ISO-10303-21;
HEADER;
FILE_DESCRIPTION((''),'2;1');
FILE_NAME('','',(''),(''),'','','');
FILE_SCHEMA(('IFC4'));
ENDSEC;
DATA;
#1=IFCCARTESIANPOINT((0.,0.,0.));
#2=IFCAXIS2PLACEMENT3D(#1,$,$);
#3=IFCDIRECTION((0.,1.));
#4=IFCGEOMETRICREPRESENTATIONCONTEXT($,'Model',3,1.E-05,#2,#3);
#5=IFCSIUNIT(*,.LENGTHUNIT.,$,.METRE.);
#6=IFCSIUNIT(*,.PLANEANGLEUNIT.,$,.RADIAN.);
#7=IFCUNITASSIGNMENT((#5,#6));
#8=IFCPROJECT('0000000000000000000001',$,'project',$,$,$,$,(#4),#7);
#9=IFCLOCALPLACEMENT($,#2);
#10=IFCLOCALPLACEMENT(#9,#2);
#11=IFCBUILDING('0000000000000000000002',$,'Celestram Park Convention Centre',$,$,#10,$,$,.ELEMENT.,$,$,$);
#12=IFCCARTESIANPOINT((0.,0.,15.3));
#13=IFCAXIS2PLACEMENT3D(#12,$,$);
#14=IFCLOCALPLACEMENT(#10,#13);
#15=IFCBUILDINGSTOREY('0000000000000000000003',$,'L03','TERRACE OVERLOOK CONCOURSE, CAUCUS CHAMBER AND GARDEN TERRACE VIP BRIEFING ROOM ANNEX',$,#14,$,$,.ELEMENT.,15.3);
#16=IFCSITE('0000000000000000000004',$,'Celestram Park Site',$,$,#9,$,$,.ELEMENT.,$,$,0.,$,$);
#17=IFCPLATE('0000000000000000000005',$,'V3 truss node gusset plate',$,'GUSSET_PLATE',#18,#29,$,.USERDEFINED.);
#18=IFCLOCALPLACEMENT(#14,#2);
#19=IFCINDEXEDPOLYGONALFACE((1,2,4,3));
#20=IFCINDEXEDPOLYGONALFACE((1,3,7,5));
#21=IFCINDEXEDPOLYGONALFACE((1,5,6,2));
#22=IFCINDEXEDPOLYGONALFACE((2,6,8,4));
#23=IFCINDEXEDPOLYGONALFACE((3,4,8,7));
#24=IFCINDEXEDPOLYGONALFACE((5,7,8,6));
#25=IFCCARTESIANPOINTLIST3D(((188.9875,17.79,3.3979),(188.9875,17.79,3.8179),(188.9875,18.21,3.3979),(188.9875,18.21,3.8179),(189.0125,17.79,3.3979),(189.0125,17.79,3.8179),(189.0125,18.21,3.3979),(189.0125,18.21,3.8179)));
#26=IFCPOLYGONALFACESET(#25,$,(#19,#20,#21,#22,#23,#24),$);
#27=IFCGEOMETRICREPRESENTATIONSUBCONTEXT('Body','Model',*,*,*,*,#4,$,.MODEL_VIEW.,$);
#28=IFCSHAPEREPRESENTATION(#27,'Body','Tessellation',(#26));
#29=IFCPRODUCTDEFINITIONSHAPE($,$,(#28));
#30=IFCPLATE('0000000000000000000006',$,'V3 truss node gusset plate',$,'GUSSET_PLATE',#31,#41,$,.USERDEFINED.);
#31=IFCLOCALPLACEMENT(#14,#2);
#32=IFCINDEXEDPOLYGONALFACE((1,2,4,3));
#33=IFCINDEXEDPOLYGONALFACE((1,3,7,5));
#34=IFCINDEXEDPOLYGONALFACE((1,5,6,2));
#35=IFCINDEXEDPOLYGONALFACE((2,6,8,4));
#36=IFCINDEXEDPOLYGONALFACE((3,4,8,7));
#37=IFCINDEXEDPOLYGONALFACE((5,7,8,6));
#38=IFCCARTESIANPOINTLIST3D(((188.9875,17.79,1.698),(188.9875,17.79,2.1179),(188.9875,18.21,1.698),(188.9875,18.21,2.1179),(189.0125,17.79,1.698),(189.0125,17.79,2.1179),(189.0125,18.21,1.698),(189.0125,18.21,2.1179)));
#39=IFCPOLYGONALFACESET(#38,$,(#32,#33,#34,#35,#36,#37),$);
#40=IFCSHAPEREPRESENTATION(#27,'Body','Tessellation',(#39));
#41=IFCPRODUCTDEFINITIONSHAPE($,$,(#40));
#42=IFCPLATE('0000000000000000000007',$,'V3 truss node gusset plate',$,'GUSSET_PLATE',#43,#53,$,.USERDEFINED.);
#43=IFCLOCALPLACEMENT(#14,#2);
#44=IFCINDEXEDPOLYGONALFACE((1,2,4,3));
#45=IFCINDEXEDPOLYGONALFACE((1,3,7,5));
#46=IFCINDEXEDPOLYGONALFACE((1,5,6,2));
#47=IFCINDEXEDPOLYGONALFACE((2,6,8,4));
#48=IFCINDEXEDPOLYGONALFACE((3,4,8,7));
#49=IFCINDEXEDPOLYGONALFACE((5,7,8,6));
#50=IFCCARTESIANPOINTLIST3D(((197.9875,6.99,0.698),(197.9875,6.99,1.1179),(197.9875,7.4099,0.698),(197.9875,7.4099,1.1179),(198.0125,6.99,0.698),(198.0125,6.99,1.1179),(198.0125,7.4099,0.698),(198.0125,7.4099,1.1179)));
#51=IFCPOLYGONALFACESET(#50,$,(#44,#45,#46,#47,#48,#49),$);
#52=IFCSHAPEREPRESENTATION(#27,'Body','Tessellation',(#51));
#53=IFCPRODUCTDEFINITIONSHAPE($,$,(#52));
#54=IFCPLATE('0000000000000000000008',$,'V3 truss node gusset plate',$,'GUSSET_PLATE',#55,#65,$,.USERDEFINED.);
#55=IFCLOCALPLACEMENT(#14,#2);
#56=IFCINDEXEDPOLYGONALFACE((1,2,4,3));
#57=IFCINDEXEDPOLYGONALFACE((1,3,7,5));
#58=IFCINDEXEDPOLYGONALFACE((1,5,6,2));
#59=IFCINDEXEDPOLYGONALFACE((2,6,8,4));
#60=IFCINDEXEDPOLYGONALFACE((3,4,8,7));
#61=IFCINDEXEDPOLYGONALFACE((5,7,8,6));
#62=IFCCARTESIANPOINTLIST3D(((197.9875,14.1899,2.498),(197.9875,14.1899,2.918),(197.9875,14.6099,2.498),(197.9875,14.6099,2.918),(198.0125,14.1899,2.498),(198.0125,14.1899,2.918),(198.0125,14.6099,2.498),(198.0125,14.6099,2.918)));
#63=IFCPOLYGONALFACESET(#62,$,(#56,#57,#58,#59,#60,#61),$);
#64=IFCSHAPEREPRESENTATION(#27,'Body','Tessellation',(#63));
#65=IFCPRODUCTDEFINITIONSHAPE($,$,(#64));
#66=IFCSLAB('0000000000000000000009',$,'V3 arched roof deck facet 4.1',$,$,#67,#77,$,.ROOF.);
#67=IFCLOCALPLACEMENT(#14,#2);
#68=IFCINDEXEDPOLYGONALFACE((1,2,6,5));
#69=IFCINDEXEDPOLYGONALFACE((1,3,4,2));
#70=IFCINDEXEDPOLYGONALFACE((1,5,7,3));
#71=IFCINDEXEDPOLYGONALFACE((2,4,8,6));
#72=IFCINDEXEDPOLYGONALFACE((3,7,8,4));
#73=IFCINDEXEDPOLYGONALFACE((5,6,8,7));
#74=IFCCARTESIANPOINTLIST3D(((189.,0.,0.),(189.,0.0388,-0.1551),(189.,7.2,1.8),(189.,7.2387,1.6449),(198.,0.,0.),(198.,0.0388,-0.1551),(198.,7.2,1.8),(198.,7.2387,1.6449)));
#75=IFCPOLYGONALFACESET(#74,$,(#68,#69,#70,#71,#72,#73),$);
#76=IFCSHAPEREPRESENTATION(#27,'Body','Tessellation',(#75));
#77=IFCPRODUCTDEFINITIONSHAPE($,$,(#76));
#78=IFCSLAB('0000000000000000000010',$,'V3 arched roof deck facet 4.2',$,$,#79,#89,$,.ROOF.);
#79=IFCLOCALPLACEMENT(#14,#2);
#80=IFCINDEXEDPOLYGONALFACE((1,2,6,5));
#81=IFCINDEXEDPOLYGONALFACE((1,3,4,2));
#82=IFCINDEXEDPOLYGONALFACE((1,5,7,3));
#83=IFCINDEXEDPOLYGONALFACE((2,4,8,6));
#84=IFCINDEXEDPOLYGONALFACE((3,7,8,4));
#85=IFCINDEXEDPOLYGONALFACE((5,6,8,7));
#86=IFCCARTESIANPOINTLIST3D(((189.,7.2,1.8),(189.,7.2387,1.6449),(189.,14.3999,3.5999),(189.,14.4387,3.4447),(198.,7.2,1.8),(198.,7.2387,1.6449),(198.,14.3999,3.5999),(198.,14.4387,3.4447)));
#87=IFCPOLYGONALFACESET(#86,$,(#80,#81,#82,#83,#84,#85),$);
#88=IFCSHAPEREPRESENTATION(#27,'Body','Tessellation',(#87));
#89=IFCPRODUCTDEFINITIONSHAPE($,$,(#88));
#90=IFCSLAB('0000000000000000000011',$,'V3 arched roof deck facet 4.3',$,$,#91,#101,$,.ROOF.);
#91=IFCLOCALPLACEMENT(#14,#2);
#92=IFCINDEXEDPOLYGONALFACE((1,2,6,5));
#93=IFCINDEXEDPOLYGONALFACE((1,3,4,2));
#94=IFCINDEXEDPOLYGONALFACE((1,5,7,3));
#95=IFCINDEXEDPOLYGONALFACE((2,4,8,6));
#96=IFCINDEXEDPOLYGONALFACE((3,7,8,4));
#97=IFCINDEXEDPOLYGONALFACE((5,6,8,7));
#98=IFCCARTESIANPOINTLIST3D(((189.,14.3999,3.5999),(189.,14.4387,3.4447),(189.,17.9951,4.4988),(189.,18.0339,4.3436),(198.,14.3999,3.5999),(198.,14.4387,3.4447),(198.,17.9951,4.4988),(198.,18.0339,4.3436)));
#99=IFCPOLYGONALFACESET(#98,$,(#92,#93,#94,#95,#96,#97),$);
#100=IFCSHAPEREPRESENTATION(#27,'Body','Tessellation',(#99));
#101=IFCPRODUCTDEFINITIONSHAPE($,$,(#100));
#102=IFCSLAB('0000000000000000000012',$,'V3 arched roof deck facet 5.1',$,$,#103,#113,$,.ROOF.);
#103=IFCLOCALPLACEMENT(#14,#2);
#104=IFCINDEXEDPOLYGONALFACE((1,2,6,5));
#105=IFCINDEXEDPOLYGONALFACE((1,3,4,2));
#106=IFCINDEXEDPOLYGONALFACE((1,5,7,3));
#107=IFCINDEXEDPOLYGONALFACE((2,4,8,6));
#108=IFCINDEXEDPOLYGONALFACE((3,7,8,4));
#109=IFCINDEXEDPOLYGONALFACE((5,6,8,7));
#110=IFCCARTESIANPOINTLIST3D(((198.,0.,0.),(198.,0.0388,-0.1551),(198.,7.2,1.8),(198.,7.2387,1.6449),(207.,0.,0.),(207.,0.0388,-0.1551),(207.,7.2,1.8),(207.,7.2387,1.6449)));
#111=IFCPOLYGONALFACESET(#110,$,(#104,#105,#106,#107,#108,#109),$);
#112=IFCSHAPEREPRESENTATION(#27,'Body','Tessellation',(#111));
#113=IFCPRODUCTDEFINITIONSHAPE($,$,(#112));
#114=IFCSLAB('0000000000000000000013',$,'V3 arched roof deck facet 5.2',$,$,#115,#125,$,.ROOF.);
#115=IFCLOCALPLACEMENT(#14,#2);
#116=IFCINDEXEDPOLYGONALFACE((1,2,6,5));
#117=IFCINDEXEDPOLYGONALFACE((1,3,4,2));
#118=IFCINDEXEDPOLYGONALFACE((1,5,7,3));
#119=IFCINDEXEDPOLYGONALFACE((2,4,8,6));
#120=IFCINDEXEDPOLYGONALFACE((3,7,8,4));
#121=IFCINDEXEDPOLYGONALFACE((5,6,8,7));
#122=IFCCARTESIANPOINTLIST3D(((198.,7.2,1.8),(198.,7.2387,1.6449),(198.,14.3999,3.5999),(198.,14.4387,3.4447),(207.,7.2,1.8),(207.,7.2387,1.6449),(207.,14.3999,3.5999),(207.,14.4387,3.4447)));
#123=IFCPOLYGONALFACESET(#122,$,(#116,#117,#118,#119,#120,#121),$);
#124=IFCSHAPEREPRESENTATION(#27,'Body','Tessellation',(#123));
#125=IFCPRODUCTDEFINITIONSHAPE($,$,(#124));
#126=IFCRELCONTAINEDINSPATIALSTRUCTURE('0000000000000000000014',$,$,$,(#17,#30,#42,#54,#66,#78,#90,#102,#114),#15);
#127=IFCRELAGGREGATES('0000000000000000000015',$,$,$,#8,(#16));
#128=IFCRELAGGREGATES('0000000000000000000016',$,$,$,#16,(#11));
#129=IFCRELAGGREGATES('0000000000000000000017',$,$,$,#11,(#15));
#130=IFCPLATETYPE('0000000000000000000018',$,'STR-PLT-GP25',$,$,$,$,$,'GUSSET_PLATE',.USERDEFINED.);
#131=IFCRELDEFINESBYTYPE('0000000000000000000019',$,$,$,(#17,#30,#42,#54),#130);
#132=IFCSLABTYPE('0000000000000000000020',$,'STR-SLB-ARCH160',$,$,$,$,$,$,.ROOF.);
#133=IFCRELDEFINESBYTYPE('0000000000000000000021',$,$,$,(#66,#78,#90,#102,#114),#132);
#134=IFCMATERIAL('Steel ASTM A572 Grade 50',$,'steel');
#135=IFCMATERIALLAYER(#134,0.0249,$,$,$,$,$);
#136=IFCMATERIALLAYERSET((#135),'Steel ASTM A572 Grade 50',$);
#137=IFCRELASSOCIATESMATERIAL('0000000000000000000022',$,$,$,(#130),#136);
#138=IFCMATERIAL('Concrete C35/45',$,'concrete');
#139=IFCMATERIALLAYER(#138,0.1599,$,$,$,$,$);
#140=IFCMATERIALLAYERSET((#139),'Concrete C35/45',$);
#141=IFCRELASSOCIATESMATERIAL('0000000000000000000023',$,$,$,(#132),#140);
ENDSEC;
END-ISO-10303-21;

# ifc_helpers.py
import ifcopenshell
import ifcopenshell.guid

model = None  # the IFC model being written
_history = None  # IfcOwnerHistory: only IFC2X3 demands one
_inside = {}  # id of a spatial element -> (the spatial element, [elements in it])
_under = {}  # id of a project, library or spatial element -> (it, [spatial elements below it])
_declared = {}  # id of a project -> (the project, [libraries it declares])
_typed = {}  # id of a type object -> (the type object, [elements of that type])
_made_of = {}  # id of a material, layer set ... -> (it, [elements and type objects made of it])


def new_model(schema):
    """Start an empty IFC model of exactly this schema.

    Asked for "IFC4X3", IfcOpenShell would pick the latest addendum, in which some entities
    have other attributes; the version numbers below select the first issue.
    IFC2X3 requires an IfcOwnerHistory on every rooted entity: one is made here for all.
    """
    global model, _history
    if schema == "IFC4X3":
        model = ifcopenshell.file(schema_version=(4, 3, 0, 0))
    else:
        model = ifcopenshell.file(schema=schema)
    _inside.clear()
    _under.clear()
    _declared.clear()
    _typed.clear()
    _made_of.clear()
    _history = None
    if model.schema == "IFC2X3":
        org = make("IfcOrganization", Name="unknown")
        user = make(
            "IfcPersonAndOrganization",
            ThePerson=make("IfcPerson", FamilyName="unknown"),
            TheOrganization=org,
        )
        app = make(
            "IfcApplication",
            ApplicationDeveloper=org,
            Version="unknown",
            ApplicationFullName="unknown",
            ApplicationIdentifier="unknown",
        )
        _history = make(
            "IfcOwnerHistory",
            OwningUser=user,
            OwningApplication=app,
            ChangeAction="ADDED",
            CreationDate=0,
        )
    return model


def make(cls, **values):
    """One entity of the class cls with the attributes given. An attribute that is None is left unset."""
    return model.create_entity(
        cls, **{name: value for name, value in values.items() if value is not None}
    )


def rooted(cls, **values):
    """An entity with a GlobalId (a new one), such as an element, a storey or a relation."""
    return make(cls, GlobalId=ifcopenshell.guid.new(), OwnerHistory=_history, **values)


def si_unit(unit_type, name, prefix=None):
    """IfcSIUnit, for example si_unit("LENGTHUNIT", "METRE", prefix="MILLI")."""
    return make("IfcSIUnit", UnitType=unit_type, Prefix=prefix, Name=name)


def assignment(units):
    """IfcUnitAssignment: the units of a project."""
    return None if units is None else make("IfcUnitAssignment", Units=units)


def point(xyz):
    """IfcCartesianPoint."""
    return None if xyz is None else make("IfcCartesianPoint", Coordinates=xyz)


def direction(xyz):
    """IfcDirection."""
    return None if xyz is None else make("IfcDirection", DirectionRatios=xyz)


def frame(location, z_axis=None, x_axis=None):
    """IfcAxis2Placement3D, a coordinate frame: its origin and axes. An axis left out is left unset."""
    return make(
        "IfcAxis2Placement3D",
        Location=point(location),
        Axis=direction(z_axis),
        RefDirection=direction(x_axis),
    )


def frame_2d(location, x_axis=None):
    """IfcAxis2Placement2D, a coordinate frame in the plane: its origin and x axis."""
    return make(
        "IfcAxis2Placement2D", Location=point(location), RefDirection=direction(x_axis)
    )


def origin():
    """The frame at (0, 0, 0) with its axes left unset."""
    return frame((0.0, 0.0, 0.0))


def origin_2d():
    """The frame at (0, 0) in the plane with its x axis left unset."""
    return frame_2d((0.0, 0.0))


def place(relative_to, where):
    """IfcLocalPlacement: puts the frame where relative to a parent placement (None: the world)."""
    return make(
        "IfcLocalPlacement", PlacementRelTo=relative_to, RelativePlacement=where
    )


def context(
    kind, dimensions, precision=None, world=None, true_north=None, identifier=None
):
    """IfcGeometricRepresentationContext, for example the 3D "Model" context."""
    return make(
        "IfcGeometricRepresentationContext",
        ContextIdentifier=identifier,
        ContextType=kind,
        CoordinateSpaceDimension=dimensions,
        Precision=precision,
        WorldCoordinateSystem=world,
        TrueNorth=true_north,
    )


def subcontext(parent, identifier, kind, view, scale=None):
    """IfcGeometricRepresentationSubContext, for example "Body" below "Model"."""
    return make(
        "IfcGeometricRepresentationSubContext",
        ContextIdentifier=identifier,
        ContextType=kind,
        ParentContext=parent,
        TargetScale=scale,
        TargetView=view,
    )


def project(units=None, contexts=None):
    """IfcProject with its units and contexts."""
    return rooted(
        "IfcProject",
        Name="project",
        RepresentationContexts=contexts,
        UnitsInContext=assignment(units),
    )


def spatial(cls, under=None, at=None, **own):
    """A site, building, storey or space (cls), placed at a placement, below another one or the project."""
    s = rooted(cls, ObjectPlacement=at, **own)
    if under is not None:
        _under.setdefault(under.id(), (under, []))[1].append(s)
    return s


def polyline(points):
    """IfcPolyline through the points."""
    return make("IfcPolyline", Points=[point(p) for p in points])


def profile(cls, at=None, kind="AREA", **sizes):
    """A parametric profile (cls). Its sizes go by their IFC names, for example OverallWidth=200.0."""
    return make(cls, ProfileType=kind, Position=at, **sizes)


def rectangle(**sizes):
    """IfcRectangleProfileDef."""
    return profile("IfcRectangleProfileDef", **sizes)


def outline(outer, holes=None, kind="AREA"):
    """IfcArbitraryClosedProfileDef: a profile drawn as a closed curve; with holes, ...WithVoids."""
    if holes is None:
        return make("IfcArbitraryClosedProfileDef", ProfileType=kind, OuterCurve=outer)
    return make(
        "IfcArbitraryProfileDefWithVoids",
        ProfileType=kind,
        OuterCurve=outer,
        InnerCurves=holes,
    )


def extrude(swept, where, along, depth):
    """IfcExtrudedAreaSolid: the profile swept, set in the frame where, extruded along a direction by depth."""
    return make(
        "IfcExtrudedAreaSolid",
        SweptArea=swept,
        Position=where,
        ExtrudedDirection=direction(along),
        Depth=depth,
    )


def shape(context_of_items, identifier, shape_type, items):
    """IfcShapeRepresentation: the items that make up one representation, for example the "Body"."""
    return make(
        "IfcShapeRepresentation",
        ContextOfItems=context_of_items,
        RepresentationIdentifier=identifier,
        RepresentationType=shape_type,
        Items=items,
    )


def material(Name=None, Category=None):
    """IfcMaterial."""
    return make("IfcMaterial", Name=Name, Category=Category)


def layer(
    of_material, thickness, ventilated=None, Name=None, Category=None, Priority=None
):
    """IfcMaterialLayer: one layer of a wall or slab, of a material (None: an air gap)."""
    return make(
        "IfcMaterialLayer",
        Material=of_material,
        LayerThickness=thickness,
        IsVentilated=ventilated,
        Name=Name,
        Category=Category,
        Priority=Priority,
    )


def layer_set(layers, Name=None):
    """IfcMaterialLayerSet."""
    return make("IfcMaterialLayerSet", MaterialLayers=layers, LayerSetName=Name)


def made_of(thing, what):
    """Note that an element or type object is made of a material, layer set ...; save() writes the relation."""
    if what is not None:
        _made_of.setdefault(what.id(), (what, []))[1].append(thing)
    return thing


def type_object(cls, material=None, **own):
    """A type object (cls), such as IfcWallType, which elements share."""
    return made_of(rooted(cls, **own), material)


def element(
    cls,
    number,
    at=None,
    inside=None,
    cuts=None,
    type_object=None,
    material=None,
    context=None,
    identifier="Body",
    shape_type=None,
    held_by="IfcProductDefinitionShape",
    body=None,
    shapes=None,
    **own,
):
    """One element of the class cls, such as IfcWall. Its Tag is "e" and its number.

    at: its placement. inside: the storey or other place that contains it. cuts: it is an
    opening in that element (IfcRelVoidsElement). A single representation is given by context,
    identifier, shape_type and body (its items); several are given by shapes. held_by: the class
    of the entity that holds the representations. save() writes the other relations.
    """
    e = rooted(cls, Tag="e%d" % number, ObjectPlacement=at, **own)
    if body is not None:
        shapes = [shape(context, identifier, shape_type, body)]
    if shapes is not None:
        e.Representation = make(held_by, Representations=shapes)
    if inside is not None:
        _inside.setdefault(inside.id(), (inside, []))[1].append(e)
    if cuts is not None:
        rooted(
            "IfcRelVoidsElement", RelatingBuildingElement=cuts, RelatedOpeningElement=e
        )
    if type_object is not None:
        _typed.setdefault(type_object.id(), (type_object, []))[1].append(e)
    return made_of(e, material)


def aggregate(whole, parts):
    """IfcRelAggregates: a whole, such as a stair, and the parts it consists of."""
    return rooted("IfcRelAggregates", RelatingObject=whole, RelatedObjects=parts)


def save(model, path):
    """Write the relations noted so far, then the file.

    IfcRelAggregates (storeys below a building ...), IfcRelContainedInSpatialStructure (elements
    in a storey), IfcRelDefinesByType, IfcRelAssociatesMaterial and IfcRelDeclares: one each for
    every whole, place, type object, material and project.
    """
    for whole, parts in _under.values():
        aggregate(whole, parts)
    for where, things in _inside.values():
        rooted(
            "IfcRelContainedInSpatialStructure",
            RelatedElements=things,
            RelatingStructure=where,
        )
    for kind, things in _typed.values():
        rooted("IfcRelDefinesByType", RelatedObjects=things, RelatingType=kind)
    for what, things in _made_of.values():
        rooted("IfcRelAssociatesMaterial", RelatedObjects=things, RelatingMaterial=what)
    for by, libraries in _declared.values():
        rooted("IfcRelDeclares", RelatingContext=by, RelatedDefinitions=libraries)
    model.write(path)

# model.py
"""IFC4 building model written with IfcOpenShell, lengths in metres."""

from ifc_helpers import new_model, si_unit, direction, frame, origin, origin_2d, place, context, subcontext, project, spatial, polyline, rectangle, outline, extrude, material, layer, layer_set, type_object, element, save


model = new_model("IFC4")

# Units and contexts
model_context = context("Model", 3, precision=1e-05, world=origin(), true_north=direction((0.0, 1.0)))
body_context = subcontext(model_context, "Body", "Model", "MODEL_VIEW")
ifc_project = project(units=[si_unit("LENGTHUNIT", "METRE"), si_unit("PLANEANGLEUNIT", "RADIAN")], contexts=[model_context])

# Site, building, storey
site_placement = place(None, origin())
site = spatial("IfcSite", under=ifc_project, at=site_placement, Name="Celestram Park Site", CompositionType="ELEMENT", RefElevation=0.0)
building_placement = place(site_placement, origin())
building = spatial("IfcBuilding", under=site, at=building_placement, Name="Celestram Park Convention Centre", CompositionType="ELEMENT")
storey_placement = place(building_placement, frame((0.0, 0.0, 15.3)))
storey = spatial("IfcBuildingStorey", under=building, at=storey_placement, Name="L03", Description="TERRACE OVERLOOK CONCOURSE, CAUCUS CHAMBER AND GARDEN TERRACE VIP BRIEFING ROOM ANNEX", CompositionType="ELEMENT", Elevation=15.3)

# Plates
ifc_material_1 = material(Name="Steel ASTM A572 Grade 50", Category="steel")
ifc_layer_1 = layer(ifc_material_1, 0.0249)
ifc_layer_set_1 = layer_set([ifc_layer_1], Name="Steel ASTM A572 Grade 50")
plate_type = type_object("IfcPlateType", Name="STR-PLT-GP25", ElementType="GUSSET_PLATE", PredefinedType="USERDEFINED", material=ifc_layer_set_1)
for number, where, z_axis, x_axis, name in (
    (1, (189.0, 18.0, 3.3979), (0.0, 0.0, 1.0), (0.0, 1.0, 0.0), "V3 truss node gusset plate"),
    (2, (189.0, 18.0, 1.698), (0.0, 0.0, 1.0), (0.0, 1.0, 0.0), "V3 truss node gusset plate"),
    (3, (198.0, 7.2, 0.698), (0.0, 0.0, 1.0), (0.0, 1.0, 0.0), "V3 truss node gusset plate"),
    (4, (198.0, 14.3999, 2.498), (0.0, 0.0, 1.0), (0.0, 1.0, 0.0), "V3 truss node gusset plate"),
):
    element("IfcPlate", number, at=place(storey_placement, frame(where, z_axis=z_axis, x_axis=x_axis)), inside=storey, type_object=plate_type, Name=name, ObjectType="GUSSET_PLATE", PredefinedType="USERDEFINED", context=body_context, shape_type="SweptSolid", body=[
        extrude(rectangle(XDim=0.4199, YDim=0.0249, at=origin_2d()), origin(), (0.0, 0.0, 1.0), 0.4199),
    ])

# Slabs
ifc_material_2 = material(Name="Concrete C35/45", Category="concrete")
ifc_layer_2 = layer(ifc_material_2, 0.1599)
ifc_layer_set_2 = layer_set([ifc_layer_2], Name="Concrete C35/45")
slab_type = type_object("IfcSlabType", Name="STR-SLB-ARCH160", PredefinedType="ROOF", material=ifc_layer_set_2)
slab_1_placement = place(storey_placement, frame((189.0, 0.0, 0.0), z_axis=(0.0, -0.242543, 0.970141), x_axis=(1.0, 0.0, 0.0)))
element("IfcSlab", 5, at=slab_1_placement, inside=storey, type_object=slab_type, Name="V3 arched roof deck facet 4.1", PredefinedType="ROOF", context=body_context, shape_type="SweptSolid", body=[
    extrude(outline(polyline([(0.0, 0.0), (9.0, 0.0), (9.0, 7.4216), (0.0, 7.4216), (0.0, 0.0)])), origin(), (0.0, 0.0, -1.0), 0.1599),
])
slab_2_placement = place(storey_placement, frame((189.0, 7.2, 1.8), z_axis=(0.0, -0.242512, 0.970148), x_axis=(1.0, 0.0, 0.0)))
element("IfcSlab", 6, at=slab_2_placement, inside=storey, type_object=slab_type, Name="V3 arched roof deck facet 4.2", PredefinedType="ROOF", context=body_context, shape_type="SweptSolid", body=[
    extrude(outline(polyline([(0.0, 0.0), (9.0, 0.0), (9.0, 7.4215), (0.0, 7.4215), (0.0, 0.0)])), origin(), (0.0, 0.0, -1.0), 0.1599),
])
slab_3_placement = place(storey_placement, frame((189.0, 14.3999, 3.5999), z_axis=(0.0, -0.242567, 0.970135), x_axis=(1.0, 0.0, 0.0)))
element("IfcSlab", 7, at=slab_3_placement, inside=storey, type_object=slab_type, Name="V3 arched roof deck facet 4.3", PredefinedType="ROOF", context=body_context, shape_type="SweptSolid", body=[
    extrude(outline(polyline([(0.0, 0.0), (9.0, 0.0), (9.0, 3.7059), (0.0, 3.7059), (0.0, 0.0)])), origin(), (0.0, 0.0, -1.0), 0.1599),
])
slab_4_placement = place(storey_placement, frame((198.0, 0.0, 0.0), z_axis=(0.0, -0.242543, 0.970141), x_axis=(1.0, 0.0, 0.0)))
element("IfcSlab", 8, at=slab_4_placement, inside=storey, type_object=slab_type, Name="V3 arched roof deck facet 5.1", PredefinedType="ROOF", context=body_context, shape_type="SweptSolid", body=[
    extrude(outline(polyline([(0.0, 0.0), (9.0, 0.0), (9.0, 7.4216), (0.0, 7.4216), (0.0, 0.0)])), origin(), (0.0, 0.0, -1.0), 0.1599),
])
slab_5_placement = place(storey_placement, frame((198.0, 7.2, 1.8), z_axis=(0.0, -0.242512, 0.970148), x_axis=(1.0, 0.0, 0.0)))
element("IfcSlab", 9, at=slab_5_placement, inside=storey, type_object=slab_type, Name="V3 arched roof deck facet 5.2", PredefinedType="ROOF", context=body_context, shape_type="SweptSolid", body=[
    extrude(outline(polyline([(0.0, 0.0), (9.0, 0.0), (9.0, 7.4215), (0.0, 7.4215), (0.0, 0.0)])), origin(), (0.0, 0.0, -1.0), 0.1599),
])

save(model, "model.ifc")
